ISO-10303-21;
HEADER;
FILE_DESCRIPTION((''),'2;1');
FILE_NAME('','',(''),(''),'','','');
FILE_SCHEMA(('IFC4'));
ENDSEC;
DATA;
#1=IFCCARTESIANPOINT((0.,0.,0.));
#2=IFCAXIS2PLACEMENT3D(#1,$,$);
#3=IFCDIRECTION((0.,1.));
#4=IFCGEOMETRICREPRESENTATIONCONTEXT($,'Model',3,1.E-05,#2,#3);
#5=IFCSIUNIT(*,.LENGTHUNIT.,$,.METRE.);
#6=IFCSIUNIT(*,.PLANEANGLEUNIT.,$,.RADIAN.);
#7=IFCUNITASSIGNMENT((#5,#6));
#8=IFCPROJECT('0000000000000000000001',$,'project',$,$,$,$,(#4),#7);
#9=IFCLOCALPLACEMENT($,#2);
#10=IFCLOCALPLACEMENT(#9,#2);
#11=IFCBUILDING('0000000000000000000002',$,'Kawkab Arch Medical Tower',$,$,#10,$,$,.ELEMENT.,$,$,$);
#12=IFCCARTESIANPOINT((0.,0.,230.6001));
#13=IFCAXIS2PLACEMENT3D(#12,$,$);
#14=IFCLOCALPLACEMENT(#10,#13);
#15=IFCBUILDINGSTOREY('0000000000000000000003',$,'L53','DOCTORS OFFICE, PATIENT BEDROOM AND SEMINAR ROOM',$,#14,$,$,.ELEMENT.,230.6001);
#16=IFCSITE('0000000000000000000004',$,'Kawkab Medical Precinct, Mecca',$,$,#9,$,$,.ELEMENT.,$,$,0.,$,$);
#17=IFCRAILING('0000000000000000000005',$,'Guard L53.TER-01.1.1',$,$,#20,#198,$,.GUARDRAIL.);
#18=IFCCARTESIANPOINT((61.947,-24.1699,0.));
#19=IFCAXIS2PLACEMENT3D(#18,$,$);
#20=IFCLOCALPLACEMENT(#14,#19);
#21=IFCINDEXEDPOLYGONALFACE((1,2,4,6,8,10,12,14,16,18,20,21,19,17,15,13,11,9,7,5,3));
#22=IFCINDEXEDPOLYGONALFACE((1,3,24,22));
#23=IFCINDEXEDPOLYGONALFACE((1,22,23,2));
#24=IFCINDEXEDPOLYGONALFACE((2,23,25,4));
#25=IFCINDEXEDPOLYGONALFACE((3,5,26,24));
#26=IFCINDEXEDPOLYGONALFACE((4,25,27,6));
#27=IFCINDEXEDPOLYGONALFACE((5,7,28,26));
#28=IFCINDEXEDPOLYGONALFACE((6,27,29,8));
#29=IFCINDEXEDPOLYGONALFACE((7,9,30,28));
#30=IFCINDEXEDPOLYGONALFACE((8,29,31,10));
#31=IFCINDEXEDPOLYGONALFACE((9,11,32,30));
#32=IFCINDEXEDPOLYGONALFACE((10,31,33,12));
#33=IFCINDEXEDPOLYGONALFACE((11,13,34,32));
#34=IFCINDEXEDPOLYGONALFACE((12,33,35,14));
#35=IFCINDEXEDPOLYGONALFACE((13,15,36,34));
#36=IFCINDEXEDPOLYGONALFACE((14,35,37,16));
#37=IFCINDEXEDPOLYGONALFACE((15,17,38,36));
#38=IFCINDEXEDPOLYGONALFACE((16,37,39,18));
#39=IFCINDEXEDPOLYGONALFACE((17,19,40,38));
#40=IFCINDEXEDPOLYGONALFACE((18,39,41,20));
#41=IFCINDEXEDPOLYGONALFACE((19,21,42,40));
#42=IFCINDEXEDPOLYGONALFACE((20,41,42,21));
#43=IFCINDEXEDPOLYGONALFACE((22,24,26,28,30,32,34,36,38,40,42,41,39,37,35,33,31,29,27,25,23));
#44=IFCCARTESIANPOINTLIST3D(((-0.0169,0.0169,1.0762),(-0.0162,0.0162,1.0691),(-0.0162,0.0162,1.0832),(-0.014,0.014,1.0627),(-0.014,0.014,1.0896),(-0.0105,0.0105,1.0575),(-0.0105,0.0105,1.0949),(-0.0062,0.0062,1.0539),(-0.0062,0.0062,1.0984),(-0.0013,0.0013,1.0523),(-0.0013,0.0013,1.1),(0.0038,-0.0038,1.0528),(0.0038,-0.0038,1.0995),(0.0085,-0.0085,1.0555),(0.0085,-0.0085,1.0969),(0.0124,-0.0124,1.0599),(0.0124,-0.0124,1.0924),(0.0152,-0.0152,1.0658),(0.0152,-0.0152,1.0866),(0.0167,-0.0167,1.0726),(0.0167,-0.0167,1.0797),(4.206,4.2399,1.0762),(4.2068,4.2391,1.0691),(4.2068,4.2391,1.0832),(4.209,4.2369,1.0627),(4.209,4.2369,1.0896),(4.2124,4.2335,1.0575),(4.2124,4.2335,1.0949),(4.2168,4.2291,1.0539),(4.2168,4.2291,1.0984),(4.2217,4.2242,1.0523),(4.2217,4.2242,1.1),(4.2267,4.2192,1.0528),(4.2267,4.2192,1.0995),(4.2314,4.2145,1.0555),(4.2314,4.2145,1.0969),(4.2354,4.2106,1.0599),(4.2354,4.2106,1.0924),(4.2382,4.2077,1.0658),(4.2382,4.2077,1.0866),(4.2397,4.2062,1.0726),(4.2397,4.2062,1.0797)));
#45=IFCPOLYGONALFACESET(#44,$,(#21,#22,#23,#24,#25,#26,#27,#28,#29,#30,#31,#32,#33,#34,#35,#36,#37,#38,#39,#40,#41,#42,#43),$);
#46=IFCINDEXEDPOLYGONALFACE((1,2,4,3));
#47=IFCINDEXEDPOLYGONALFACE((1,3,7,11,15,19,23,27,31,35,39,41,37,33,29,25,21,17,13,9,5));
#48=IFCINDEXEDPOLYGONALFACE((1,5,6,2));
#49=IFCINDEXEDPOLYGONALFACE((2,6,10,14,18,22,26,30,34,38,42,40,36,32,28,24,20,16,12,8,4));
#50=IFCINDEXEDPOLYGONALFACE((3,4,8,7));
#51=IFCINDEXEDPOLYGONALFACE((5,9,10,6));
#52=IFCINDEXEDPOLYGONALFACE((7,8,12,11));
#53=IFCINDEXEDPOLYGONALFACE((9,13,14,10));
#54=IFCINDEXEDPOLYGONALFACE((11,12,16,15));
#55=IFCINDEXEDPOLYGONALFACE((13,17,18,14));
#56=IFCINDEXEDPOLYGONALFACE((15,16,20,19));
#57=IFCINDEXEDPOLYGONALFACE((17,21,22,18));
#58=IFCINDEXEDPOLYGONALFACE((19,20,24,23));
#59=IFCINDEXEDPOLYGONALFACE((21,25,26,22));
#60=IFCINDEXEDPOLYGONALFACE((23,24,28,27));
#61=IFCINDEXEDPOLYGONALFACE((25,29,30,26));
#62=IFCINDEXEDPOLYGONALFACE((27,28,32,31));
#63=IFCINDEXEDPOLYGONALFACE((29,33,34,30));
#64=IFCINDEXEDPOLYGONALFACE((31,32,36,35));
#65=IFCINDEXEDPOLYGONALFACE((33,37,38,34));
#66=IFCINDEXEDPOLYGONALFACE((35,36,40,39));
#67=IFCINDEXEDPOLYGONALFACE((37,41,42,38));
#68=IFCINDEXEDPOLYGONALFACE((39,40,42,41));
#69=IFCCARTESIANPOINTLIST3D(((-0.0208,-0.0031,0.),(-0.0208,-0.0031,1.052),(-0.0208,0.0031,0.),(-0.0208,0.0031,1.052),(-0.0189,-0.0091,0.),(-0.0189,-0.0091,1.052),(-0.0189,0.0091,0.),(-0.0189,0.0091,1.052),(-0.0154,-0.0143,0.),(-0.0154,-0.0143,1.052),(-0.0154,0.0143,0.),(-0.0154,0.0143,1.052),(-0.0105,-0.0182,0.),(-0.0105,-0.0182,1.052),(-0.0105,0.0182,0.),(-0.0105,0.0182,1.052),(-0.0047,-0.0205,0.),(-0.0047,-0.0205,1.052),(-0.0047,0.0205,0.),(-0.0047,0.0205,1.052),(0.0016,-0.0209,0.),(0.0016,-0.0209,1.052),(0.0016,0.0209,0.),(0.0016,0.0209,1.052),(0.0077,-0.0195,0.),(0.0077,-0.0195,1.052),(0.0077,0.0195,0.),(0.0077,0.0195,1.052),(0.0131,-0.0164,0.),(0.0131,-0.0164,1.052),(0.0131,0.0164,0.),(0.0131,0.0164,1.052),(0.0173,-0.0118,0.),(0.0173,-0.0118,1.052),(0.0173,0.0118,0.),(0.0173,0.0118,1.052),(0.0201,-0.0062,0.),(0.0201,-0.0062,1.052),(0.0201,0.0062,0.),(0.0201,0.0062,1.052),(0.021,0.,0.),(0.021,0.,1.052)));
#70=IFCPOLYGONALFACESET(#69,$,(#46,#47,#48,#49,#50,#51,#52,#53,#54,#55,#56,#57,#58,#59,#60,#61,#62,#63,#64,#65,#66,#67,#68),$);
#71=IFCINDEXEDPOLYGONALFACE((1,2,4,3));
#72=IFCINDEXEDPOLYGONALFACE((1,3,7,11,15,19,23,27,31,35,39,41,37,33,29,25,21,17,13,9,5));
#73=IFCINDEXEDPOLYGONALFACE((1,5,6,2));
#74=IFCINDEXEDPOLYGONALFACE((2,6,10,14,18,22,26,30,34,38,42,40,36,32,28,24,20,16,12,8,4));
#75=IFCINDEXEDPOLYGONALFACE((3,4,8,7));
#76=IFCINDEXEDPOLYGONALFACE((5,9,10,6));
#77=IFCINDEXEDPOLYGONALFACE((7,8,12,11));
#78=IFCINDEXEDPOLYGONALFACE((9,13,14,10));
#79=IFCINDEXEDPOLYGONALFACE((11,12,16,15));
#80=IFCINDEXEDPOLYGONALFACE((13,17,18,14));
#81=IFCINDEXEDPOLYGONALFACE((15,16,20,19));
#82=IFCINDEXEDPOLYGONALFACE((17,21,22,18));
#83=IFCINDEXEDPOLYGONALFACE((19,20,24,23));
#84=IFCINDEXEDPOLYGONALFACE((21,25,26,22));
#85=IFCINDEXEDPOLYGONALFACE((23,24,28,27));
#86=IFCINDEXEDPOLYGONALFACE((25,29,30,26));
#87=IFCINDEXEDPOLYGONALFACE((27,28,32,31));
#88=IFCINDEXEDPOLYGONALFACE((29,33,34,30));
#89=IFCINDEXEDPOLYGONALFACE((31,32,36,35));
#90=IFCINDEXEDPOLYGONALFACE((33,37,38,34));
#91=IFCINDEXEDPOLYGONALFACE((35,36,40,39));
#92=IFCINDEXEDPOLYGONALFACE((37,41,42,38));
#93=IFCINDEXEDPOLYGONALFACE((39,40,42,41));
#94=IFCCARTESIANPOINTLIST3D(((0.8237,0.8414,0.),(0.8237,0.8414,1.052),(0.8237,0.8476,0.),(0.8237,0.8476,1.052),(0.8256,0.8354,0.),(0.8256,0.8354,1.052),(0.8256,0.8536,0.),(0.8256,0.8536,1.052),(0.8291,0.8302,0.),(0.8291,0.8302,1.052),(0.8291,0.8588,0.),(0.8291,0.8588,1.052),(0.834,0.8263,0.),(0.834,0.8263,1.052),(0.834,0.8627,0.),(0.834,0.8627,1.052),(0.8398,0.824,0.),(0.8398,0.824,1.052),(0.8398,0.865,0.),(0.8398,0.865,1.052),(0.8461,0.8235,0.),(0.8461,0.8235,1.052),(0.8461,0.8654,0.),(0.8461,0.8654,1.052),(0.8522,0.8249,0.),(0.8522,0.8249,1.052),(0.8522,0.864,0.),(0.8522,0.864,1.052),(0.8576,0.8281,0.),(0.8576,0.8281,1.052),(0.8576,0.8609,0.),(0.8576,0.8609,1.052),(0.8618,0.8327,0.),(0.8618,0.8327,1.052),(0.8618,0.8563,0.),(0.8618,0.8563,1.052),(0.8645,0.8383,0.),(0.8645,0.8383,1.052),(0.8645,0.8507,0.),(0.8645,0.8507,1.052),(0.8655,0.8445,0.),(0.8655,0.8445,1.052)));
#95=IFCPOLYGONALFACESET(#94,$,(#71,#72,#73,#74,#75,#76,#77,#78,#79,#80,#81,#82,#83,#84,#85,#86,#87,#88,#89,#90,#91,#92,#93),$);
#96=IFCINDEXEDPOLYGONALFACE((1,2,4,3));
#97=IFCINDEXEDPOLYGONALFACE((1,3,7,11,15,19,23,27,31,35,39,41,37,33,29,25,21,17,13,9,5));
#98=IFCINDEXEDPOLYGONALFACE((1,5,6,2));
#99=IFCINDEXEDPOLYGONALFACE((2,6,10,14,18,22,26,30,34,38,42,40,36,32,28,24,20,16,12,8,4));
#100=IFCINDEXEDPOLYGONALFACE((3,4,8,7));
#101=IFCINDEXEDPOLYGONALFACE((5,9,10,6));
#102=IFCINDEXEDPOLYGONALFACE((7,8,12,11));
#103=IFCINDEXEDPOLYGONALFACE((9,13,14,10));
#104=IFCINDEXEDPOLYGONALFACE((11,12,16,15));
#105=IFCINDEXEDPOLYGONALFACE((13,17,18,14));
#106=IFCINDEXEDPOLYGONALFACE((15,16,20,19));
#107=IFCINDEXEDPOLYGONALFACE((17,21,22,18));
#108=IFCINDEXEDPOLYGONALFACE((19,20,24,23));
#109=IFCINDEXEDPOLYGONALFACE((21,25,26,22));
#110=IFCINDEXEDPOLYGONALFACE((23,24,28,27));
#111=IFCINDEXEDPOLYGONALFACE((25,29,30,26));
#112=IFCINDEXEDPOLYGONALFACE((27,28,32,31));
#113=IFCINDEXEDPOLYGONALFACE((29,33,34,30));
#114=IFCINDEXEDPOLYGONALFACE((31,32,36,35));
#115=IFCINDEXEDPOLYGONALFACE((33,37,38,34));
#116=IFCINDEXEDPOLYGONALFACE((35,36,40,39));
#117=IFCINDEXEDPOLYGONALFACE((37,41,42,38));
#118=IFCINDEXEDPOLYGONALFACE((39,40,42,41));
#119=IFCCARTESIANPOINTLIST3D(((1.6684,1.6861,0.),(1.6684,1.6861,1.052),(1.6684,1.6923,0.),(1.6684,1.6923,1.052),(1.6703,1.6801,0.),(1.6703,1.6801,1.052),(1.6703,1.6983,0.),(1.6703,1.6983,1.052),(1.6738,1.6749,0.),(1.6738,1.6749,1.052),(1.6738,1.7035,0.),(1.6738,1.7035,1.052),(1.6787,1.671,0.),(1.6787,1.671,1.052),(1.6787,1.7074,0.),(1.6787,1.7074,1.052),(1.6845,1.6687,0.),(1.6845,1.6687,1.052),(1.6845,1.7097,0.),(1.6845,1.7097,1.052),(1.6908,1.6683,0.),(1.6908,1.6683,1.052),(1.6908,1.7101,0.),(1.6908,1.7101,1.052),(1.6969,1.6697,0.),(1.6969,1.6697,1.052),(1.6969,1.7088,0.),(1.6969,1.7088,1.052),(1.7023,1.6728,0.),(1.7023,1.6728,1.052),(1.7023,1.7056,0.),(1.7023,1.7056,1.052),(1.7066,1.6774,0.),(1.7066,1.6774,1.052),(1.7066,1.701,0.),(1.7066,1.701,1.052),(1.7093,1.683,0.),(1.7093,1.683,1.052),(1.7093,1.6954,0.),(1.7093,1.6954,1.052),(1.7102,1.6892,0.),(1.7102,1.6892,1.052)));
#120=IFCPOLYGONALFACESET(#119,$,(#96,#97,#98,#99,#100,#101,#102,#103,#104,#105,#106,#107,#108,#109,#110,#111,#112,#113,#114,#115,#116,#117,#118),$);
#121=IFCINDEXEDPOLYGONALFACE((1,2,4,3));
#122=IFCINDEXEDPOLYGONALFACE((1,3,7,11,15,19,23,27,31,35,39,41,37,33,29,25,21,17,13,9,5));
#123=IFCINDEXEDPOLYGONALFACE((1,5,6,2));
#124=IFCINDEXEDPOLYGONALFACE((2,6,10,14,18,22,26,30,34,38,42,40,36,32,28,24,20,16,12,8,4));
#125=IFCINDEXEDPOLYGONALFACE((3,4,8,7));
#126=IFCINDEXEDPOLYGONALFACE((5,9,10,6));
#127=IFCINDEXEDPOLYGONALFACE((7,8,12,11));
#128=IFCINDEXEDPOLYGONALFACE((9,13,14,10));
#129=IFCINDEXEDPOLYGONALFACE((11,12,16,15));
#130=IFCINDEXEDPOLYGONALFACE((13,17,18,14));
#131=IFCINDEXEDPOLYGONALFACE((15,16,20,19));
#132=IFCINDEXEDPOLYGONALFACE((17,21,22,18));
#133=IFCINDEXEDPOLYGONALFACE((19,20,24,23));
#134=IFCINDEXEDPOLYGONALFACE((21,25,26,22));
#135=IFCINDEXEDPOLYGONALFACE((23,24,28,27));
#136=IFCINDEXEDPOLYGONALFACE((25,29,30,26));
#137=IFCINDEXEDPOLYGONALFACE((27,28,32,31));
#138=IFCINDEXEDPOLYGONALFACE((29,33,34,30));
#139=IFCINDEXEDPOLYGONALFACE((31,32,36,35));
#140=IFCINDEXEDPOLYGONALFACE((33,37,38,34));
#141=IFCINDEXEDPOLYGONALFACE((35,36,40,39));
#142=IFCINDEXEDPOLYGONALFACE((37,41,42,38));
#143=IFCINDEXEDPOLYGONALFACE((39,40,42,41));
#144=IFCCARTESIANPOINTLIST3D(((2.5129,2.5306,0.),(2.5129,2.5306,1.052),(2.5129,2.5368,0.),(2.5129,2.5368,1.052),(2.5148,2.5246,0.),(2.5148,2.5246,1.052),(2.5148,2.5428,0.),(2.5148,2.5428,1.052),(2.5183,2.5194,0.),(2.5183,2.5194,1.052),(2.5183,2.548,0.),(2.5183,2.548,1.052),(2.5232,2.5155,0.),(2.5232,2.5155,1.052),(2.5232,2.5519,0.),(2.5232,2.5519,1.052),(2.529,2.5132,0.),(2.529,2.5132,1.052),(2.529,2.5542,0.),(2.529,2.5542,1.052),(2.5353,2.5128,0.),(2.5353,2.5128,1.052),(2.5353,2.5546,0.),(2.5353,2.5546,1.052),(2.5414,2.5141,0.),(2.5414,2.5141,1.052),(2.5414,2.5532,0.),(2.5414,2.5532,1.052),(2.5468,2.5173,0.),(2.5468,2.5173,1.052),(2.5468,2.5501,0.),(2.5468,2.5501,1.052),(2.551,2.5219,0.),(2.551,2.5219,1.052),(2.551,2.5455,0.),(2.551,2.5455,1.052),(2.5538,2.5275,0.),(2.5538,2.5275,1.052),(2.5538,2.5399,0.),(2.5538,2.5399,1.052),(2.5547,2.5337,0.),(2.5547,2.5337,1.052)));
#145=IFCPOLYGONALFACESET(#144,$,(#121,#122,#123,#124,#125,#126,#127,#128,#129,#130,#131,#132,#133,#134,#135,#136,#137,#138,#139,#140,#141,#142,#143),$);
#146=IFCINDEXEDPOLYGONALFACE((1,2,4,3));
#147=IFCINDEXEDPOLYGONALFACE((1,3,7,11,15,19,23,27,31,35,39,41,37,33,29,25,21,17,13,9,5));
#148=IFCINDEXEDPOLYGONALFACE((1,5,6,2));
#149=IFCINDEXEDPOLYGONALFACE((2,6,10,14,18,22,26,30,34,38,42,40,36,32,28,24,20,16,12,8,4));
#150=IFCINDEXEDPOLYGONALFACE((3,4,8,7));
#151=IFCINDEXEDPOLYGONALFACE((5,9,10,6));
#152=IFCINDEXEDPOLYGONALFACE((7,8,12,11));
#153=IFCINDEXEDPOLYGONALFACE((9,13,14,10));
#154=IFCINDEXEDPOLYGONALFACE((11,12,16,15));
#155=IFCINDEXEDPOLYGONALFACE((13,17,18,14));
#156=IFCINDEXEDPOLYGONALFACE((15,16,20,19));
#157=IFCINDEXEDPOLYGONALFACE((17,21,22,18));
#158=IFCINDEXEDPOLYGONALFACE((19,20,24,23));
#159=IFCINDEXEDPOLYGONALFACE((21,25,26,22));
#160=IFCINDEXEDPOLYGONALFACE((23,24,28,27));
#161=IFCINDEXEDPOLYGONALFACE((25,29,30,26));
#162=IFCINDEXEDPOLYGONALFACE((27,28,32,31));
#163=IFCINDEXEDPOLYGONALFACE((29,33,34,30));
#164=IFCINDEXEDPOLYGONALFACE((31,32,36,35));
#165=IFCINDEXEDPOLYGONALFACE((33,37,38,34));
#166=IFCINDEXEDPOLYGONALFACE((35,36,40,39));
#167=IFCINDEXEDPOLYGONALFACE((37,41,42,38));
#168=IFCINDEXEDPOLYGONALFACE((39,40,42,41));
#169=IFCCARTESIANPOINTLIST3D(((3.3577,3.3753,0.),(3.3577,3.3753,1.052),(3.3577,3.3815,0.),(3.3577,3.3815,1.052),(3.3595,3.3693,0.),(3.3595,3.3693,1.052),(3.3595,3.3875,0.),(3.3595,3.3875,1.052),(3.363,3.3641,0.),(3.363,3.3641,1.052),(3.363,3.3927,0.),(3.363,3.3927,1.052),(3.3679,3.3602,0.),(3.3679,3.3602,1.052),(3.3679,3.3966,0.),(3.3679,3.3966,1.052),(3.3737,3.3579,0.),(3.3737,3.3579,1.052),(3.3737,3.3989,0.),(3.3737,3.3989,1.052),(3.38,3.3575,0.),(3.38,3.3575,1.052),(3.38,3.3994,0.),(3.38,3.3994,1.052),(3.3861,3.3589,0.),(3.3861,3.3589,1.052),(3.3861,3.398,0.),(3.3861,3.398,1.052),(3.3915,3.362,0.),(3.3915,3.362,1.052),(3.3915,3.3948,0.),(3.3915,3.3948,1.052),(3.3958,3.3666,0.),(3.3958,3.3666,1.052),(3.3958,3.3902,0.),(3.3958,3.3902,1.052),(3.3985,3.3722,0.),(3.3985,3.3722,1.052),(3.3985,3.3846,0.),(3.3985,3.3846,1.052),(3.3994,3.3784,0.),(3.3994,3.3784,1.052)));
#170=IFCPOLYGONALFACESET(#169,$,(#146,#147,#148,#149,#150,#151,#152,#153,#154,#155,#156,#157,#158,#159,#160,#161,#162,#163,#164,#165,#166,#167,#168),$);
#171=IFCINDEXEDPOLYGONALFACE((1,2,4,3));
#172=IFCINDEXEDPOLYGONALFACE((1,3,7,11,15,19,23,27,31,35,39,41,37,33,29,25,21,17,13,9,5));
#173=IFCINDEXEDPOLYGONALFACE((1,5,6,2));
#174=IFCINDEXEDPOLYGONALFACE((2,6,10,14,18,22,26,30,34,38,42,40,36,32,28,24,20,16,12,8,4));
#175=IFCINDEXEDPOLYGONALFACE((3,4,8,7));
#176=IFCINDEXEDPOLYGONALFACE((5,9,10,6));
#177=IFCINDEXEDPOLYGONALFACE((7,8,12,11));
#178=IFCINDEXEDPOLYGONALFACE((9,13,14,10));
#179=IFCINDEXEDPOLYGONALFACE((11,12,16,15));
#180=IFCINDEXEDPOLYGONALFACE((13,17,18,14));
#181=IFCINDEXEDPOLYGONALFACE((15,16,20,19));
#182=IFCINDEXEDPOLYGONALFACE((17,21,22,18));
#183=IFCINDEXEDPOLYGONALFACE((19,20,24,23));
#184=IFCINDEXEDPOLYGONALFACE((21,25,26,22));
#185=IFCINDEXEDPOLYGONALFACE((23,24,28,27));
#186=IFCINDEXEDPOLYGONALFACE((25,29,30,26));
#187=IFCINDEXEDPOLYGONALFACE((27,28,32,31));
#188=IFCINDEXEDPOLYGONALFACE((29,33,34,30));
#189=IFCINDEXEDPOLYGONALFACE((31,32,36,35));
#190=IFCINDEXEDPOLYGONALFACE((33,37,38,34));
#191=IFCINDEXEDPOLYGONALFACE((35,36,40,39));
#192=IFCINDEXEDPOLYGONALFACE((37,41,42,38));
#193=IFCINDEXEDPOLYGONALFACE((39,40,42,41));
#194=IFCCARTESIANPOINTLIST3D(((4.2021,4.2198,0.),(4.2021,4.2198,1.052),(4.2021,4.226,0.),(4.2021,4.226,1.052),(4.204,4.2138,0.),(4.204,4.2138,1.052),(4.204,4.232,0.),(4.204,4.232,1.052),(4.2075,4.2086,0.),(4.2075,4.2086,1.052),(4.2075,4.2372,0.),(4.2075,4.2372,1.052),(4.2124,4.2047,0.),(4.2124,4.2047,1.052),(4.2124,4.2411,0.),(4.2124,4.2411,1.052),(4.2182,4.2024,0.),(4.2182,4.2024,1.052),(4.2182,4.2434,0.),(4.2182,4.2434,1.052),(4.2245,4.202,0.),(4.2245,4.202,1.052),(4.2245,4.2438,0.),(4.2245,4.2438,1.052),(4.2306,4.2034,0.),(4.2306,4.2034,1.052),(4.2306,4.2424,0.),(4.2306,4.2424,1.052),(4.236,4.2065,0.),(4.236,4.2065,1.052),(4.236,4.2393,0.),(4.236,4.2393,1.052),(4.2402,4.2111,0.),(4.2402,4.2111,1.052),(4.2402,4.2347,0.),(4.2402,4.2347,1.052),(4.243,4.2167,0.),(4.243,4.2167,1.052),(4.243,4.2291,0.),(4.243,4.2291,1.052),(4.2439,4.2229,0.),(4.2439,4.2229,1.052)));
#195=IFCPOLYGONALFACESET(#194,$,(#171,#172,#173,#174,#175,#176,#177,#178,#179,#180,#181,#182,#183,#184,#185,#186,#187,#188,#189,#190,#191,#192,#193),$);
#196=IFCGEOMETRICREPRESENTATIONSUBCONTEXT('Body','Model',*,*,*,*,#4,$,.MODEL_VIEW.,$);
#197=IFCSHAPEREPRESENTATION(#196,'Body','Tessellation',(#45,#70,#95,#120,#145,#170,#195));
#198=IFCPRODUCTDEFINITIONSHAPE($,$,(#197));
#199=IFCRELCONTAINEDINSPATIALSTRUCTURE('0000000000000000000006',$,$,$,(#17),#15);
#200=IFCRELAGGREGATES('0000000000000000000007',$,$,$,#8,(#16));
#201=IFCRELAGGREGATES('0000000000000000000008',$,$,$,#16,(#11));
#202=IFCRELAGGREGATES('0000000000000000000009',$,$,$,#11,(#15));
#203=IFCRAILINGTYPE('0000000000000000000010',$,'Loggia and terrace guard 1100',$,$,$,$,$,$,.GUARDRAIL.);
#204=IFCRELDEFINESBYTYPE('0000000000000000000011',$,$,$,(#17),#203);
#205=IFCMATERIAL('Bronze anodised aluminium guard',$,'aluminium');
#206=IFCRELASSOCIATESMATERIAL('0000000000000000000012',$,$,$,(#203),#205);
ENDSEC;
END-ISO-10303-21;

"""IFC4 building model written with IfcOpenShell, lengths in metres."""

from ifc_helpers import new_model, si_unit, direction, frame, origin, origin_2d, place, context, subcontext, project, spatial, circle, extrude, material, type_object, element, save


model = new_model("IFC4")

# Units and contexts
model_context = context("Model", 3, precision=1e-05, world=origin(), true_north=direction((0.0, 1.0)))
body_context = subcontext(model_context, "Body", "Model", "MODEL_VIEW")
ifc_project = project(units=[si_unit("LENGTHUNIT", "METRE"), si_unit("PLANEANGLEUNIT", "RADIAN")], contexts=[model_context])

# Site, building, storey
site_placement = place(None, origin())
site = spatial("IfcSite", under=ifc_project, at=site_placement, Name="Kawkab Medical Precinct, Mecca", CompositionType="ELEMENT", RefElevation=0.0)
building_placement = place(site_placement, origin())
building = spatial("IfcBuilding", under=site, at=building_placement, Name="Kawkab Arch Medical Tower", CompositionType="ELEMENT")
storey_placement = place(building_placement, frame((0.0, 0.0, 230.6001)))
storey = spatial("IfcBuildingStorey", under=building, at=storey_placement, Name="L53", Description="DOCTORS OFFICE, PATIENT BEDROOM AND SEMINAR ROOM", CompositionType="ELEMENT", Elevation=230.6001)

# Railing
ifc_material_1 = material(Name="Bronze anodised aluminium guard", Category="aluminium")
railing_type_1 = type_object("IfcRailingType", Name="Loggia and terrace guard 1100", PredefinedType="GUARDRAIL", material=ifc_material_1)
railing_1_placement = place(storey_placement, frame((61.947, -24.1699, 0.0)))
element("IfcRailing", 1, at=railing_1_placement, inside=storey, type_object=railing_type_1, Name="Guard L53.TER-01.1.1", PredefinedType="GUARDRAIL", context=body_context, shape_type="SweptSolid", body=[
    extrude(circle(Radius=0.0239, at=origin_2d()), frame((0.0, 0.0, 1.0762), z_axis=(0.707107, 0.707107, 0.0), x_axis=(-0.707107, 0.707107, 0.0)), (0.0, 0.0, 1.0), 5.9722),
    extrude(circle(Radius=0.021, at=origin_2d()), origin(), (0.0, 0.0, 1.0), 1.052),
    extrude(circle(Radius=0.021, at=origin_2d()), frame((0.8445, 0.8445, 0.0)), (0.0, 0.0, 1.0), 1.052),
    extrude(circle(Radius=0.021, at=origin_2d()), frame((1.6892, 1.6892, 0.0)), (0.0, 0.0, 1.0), 1.052),
    extrude(circle(Radius=0.021, at=origin_2d()), frame((2.5337, 2.5337, 0.0)), (0.0, 0.0, 1.0), 1.052),
    extrude(circle(Radius=0.021, at=origin_2d()), frame((3.3784, 3.3784, 0.0)), (0.0, 0.0, 1.0), 1.052),
    extrude(circle(Radius=0.021, at=origin_2d()), frame((4.2229, 4.2229, 0.0)), (0.0, 0.0, 1.0), 1.052),
])

save(model, "model.ifc")
